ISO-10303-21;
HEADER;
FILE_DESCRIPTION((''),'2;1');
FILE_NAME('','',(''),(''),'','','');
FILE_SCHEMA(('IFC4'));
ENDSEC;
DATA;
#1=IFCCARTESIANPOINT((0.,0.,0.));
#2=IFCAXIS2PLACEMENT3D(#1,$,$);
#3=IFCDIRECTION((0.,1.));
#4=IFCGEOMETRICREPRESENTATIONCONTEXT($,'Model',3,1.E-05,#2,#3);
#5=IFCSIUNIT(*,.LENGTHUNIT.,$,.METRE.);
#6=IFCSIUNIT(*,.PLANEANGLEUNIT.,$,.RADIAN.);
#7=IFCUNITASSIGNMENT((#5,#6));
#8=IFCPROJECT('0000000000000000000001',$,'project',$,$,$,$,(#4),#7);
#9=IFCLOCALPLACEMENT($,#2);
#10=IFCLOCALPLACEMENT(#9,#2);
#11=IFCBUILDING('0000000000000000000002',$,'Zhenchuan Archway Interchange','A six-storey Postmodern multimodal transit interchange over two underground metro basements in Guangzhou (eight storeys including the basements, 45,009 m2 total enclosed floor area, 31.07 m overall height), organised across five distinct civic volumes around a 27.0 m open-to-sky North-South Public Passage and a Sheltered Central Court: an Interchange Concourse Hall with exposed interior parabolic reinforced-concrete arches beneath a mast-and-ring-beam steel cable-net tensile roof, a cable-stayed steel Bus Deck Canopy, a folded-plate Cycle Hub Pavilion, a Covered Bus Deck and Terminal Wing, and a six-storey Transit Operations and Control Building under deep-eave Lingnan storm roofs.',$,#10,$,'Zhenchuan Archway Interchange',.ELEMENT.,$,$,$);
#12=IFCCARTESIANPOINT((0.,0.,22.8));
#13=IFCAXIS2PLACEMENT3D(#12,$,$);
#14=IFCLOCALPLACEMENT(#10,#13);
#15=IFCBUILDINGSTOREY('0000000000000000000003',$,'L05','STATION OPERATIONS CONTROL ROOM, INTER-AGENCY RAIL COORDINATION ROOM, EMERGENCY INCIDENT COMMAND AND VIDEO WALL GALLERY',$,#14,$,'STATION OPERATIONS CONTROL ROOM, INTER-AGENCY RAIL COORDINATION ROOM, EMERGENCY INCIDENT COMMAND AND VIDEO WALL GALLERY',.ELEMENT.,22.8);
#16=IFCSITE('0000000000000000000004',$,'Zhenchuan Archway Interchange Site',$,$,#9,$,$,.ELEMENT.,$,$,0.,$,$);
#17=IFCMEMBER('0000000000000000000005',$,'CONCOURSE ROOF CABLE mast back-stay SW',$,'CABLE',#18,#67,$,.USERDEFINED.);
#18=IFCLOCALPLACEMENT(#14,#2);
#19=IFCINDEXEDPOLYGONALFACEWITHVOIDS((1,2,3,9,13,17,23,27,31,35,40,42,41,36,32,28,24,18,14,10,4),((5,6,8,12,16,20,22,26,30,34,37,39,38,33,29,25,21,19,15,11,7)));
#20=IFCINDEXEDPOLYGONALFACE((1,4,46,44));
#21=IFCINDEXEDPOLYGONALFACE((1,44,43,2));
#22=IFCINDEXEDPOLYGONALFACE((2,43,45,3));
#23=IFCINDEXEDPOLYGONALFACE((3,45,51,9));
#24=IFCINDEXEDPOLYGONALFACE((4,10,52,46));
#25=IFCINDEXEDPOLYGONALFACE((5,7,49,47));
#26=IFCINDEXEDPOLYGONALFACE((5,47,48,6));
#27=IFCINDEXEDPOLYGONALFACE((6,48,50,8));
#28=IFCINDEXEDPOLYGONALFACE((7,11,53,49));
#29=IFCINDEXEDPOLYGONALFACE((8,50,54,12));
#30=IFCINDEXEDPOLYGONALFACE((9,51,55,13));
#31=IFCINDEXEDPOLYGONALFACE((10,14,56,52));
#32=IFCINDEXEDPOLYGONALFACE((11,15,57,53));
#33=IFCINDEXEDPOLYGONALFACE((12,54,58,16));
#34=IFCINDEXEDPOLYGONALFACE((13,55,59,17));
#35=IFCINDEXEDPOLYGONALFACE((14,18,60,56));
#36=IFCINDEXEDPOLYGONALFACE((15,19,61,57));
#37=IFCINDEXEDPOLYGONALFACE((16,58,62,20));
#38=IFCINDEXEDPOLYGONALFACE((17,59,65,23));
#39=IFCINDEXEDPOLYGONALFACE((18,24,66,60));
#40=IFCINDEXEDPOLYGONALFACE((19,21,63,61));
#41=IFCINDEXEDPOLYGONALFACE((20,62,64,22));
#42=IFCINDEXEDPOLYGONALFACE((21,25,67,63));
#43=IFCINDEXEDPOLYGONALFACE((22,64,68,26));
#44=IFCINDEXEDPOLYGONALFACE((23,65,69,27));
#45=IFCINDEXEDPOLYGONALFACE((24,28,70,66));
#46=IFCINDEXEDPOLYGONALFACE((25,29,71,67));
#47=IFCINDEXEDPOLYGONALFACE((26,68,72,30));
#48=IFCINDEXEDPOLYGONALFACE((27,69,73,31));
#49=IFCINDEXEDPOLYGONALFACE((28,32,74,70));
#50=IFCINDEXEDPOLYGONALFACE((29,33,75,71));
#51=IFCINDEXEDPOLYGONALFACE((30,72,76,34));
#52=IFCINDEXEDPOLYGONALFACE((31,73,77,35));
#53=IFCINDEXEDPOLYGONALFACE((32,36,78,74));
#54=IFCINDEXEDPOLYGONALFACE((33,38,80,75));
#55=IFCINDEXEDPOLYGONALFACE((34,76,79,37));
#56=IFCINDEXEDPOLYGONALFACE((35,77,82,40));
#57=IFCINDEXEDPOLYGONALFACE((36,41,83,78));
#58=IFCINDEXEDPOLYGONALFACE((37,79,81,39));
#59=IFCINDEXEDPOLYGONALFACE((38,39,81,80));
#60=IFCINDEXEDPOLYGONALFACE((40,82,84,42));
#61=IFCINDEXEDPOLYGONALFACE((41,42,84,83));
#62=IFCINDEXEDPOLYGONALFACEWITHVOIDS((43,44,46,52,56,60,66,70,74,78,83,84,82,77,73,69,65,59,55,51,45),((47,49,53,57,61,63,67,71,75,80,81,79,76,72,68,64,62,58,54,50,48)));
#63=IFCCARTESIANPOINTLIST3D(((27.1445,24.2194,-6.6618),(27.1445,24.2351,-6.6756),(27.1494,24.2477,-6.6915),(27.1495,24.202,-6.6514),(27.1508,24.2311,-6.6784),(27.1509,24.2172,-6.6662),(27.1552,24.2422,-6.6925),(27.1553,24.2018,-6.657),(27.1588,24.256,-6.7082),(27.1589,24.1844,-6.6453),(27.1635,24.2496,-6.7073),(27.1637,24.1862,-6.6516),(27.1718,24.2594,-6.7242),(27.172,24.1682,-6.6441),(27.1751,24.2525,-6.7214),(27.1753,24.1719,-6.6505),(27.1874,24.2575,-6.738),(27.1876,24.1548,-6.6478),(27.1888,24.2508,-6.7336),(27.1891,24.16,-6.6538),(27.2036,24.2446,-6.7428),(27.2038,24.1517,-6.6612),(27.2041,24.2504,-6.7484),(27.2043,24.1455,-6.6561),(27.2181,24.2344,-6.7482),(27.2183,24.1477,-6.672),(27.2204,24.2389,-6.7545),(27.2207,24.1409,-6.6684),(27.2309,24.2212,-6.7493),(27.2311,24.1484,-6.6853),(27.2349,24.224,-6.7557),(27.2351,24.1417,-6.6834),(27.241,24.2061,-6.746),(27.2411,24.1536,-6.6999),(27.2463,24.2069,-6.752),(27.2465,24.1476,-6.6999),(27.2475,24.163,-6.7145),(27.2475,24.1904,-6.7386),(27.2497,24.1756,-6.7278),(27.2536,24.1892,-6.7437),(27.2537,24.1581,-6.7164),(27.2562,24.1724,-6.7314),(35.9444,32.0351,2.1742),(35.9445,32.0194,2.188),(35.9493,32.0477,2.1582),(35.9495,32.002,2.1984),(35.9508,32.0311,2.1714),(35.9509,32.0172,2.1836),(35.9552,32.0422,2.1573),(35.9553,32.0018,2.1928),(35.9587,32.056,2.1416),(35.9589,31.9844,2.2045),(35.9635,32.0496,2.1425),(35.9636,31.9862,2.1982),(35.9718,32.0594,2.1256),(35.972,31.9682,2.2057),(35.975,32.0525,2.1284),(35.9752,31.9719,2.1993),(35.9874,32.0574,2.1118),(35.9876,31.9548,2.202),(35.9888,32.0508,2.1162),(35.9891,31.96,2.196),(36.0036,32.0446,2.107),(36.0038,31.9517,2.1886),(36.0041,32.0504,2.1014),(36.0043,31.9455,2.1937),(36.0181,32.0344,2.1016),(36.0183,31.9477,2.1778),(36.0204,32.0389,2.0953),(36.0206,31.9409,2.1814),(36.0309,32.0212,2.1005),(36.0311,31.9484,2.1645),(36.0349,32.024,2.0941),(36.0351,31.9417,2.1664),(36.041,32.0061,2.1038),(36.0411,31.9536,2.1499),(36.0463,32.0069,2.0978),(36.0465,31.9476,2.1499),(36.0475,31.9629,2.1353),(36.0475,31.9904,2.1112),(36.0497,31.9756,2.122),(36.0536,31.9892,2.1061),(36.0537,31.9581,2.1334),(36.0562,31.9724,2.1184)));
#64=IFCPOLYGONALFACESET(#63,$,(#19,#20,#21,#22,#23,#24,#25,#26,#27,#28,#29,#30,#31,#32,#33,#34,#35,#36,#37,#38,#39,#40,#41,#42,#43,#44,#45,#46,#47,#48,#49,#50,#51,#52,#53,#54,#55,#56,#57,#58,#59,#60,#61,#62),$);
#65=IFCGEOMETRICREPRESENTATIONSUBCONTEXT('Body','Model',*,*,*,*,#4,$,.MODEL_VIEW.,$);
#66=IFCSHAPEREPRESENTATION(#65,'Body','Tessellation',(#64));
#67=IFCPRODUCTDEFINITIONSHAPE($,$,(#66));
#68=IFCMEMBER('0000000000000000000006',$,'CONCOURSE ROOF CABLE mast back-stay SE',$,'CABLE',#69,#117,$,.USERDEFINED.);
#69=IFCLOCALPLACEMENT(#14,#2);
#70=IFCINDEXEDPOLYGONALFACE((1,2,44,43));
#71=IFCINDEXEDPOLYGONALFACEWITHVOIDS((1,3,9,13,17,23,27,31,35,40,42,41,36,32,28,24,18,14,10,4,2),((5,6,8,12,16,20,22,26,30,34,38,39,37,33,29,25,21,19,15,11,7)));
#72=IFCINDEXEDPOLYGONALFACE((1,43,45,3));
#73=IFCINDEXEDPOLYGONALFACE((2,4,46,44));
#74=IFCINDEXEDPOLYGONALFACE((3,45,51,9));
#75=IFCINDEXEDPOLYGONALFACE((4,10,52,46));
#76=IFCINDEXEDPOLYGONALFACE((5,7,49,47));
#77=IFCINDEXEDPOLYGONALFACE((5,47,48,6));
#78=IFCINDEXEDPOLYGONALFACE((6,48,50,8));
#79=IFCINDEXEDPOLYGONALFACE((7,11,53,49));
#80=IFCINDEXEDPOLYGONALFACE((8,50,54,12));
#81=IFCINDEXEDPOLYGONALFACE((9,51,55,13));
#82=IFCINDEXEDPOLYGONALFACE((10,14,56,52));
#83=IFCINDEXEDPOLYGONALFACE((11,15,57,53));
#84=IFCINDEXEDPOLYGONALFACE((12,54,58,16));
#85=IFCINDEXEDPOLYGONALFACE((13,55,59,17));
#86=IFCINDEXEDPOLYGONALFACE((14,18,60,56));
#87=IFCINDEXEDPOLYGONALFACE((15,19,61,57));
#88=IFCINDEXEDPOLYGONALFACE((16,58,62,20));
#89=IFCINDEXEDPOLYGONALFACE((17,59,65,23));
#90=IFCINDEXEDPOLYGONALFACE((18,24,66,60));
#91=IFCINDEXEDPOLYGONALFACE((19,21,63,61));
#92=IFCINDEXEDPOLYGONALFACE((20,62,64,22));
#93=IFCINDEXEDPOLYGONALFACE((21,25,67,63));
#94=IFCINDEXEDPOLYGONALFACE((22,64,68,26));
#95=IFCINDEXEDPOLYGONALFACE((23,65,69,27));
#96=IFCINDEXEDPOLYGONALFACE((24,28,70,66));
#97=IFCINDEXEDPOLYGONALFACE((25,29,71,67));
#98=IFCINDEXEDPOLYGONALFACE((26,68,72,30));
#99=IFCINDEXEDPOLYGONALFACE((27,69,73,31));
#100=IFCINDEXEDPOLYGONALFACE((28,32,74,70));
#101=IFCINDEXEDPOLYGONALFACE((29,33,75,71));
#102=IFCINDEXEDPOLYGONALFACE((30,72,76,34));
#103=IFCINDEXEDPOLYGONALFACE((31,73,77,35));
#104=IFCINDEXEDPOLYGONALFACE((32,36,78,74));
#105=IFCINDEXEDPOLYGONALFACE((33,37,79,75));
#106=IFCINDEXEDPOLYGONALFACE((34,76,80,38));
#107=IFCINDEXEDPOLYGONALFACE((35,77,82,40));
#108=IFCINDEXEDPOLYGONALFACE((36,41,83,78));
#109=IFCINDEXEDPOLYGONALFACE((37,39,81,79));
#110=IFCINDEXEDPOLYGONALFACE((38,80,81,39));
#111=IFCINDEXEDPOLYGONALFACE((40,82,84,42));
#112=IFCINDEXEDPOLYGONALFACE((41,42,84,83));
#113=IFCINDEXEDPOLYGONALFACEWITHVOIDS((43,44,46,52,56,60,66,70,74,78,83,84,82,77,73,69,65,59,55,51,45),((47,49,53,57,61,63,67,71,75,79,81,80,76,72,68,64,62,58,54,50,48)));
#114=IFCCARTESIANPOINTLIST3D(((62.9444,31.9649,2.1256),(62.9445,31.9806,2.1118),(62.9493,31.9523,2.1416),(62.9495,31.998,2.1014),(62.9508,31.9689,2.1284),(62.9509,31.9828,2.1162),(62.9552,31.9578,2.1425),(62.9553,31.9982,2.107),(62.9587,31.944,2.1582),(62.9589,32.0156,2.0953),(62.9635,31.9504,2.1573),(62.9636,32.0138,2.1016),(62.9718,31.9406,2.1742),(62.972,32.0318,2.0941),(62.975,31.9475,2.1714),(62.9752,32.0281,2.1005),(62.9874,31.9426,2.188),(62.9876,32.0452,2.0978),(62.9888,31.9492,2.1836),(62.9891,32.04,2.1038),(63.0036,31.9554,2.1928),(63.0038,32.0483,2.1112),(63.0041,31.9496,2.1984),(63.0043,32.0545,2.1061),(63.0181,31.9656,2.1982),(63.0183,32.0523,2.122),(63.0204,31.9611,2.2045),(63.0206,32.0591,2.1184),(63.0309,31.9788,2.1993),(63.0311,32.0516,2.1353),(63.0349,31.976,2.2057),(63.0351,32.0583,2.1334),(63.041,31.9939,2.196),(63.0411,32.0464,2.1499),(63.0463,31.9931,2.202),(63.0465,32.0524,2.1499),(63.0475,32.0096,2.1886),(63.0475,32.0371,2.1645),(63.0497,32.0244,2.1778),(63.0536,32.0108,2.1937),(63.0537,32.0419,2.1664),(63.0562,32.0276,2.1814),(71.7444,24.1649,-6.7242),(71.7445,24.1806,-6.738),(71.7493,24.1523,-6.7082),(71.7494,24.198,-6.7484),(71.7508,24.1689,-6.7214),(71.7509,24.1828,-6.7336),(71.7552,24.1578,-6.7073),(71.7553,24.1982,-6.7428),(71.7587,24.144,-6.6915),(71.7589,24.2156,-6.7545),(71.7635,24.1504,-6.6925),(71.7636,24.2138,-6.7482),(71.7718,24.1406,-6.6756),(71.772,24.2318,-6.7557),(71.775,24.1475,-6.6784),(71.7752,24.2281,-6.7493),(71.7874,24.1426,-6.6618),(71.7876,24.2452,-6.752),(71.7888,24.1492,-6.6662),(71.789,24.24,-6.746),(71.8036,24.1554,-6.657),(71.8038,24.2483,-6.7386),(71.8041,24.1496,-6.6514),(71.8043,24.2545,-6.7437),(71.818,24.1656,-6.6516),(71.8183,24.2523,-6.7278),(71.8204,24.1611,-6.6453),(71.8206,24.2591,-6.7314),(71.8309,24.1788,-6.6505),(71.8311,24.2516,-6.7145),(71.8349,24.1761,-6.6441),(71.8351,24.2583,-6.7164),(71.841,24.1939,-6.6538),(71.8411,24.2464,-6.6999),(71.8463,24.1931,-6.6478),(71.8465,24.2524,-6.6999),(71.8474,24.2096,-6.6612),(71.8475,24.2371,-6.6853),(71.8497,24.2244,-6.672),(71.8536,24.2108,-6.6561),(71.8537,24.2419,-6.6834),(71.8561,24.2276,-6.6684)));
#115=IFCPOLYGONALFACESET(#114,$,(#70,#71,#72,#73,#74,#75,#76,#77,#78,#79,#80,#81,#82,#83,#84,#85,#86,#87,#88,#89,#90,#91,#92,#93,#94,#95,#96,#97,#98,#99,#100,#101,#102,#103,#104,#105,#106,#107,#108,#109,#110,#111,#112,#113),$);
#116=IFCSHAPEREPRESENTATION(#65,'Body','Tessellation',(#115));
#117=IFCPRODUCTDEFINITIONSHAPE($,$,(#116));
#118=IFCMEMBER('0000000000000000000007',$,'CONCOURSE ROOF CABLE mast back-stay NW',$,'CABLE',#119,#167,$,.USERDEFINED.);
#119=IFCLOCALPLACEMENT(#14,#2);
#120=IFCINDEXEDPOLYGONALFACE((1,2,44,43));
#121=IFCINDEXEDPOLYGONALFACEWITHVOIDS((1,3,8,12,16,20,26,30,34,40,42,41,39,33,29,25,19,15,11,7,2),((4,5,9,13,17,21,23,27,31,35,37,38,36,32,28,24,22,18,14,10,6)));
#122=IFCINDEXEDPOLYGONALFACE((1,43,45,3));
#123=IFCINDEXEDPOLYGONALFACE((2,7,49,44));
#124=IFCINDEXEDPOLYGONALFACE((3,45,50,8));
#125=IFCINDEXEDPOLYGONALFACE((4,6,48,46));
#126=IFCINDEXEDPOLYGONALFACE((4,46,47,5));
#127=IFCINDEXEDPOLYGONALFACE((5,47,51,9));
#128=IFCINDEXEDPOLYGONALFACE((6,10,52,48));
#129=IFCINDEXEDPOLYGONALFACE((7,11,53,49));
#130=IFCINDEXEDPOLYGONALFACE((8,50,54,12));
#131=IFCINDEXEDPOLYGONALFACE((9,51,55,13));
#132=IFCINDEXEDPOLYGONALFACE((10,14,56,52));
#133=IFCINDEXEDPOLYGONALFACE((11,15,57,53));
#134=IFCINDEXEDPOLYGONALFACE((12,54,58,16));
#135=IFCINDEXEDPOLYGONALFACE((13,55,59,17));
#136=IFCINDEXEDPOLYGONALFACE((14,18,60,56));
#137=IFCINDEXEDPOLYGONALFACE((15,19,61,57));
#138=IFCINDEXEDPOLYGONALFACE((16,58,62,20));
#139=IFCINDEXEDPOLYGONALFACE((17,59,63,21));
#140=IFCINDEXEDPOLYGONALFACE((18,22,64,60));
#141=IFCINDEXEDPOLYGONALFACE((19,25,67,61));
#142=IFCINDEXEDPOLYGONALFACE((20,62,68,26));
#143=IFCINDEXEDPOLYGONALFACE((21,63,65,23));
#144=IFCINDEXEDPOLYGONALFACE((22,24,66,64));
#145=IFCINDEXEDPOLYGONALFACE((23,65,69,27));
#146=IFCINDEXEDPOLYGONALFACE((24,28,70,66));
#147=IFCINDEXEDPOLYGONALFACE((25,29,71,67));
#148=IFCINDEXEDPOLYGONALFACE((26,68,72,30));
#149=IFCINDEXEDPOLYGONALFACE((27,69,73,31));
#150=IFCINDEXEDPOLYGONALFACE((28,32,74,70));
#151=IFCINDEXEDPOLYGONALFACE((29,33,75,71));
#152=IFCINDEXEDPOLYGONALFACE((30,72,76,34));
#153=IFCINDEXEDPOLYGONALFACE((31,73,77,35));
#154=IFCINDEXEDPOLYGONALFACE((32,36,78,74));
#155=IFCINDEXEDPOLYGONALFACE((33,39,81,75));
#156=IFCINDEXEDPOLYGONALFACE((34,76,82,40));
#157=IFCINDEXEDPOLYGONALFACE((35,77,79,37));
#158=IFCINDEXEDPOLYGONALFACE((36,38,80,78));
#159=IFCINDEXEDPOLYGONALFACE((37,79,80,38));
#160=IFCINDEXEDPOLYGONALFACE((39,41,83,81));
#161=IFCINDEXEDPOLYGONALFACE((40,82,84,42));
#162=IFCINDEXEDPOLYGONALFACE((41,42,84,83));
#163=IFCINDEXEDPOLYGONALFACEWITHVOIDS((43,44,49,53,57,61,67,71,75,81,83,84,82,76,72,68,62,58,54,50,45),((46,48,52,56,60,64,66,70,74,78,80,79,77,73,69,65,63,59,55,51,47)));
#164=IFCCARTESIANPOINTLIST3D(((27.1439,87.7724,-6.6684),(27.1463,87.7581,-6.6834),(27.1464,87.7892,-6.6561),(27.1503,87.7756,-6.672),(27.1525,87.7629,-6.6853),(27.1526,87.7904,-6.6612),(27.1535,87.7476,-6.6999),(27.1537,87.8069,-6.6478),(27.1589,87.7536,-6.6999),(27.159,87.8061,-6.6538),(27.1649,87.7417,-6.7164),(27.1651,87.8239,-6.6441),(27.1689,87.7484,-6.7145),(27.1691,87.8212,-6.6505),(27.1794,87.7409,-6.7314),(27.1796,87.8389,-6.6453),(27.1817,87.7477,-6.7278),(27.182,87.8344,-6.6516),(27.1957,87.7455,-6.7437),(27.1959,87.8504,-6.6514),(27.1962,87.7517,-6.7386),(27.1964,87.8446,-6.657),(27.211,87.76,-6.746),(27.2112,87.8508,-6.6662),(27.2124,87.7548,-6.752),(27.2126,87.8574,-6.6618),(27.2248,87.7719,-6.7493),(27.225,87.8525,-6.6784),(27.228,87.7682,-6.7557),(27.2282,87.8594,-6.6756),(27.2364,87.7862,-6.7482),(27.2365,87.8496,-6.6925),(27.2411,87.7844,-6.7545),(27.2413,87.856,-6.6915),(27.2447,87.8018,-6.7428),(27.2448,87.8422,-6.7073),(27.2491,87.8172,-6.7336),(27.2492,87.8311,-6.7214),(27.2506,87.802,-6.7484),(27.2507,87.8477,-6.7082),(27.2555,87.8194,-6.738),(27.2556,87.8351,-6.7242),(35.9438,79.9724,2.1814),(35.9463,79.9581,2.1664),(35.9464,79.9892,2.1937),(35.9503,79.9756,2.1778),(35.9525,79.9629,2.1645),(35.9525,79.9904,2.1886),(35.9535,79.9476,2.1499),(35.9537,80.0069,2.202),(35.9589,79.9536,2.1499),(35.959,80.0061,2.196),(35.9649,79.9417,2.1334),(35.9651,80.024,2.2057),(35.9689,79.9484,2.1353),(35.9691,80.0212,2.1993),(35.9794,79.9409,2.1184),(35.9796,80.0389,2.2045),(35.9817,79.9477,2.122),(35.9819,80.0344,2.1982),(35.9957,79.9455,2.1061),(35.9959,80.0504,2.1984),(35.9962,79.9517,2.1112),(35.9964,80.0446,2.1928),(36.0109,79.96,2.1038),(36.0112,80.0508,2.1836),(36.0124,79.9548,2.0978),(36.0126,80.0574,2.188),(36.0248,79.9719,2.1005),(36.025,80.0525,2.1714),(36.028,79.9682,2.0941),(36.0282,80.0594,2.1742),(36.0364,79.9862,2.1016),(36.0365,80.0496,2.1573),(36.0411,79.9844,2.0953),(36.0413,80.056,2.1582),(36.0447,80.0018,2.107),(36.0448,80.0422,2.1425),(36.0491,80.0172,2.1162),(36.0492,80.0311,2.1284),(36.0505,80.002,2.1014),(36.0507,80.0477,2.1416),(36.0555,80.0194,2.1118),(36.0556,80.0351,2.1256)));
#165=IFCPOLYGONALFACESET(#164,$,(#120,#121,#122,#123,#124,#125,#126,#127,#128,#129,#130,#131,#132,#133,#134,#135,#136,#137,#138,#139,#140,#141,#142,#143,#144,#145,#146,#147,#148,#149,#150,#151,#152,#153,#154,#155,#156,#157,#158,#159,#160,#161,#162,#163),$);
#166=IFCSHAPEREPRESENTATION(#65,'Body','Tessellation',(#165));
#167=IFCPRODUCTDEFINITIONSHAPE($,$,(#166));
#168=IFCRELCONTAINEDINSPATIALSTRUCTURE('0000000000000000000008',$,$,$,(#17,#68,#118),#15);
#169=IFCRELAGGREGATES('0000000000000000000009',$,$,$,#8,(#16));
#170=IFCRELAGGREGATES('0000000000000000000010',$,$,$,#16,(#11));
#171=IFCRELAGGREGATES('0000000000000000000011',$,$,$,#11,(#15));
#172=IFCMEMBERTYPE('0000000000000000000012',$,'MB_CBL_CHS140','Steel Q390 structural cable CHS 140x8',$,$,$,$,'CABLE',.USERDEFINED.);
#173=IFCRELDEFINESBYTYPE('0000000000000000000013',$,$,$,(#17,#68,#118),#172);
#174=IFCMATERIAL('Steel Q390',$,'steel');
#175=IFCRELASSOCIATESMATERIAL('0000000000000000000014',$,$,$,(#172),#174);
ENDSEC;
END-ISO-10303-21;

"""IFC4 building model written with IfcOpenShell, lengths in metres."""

from ifc_helpers import new_model, si_unit, direction, frame, origin, origin_2d, place, context, subcontext, project, spatial, hollow_circle, extrude, material, material_profile, profile_set, type_object, element, save


model = new_model("IFC4")

# Units and contexts
model_context = context("Model", 3, precision=1e-05, world=origin(), true_north=direction((0.0, 1.0)))
body_context = subcontext(model_context, "Body", "Model", "MODEL_VIEW")
ifc_project = project(units=[si_unit("LENGTHUNIT", "METRE"), si_unit("PLANEANGLEUNIT", "RADIAN")], contexts=[model_context])

# Site, building, storey
site_placement = place(None, origin())
site = spatial("IfcSite", under=ifc_project, at=site_placement, Name="Zhenchuan Archway Interchange Site", CompositionType="ELEMENT", RefElevation=0.0)
building_placement = place(site_placement, origin())
building = spatial("IfcBuilding", under=site, at=building_placement, Name="Zhenchuan Archway Interchange", Description="A six-storey Postmodern multimodal transit interchange over two underground metro basements in Guangzhou (eight storeys including the basements, 45,009 m2 total enclosed floor area, 31.07 m overall height), organised across five distinct civic volumes around a 27.0 m open-to-sky North-South Public Passage and a Sheltered Central Court: an Interchange Concourse Hall with exposed interior parabolic reinforced-concrete arches beneath a mast-and-ring-beam steel cable-net tensile roof, a cable-stayed steel Bus Deck Canopy, a folded-plate Cycle Hub Pavilion, a Covered Bus Deck and Terminal Wing, and a six-storey Transit Operations and Control Building under deep-eave Lingnan storm roofs.", LongName="Zhenchuan Archway Interchange", CompositionType="ELEMENT")
storey_placement = place(building_placement, frame((0.0, 0.0, 22.8)))
storey = spatial("IfcBuildingStorey", under=building, at=storey_placement, Name="L05", Description="STATION OPERATIONS CONTROL ROOM, INTER-AGENCY RAIL COORDINATION ROOM, EMERGENCY INCIDENT COMMAND AND VIDEO WALL GALLERY", LongName="STATION OPERATIONS CONTROL ROOM, INTER-AGENCY RAIL COORDINATION ROOM, EMERGENCY INCIDENT COMMAND AND VIDEO WALL GALLERY", CompositionType="ELEMENT", Elevation=22.8)

# Shared definitions
ifc_material_1 = material(Name="Steel Q390", Category="steel")

# Members
ifc_material_profile_1 = material_profile(ifc_material_1, hollow_circle(Radius=0.0701, WallThickness=0.0081, at=origin_2d()), Name="CHS 140x8")
ifc_profile_set_1 = profile_set([ifc_material_profile_1], Name="Steel Q390")
member_type_1 = type_object("IfcMemberType", Name="MB_CBL_CHS140", Description="Steel Q390 structural cable CHS 140x8", ElementType="CABLE", PredefinedType="USERDEFINED", material=ifc_profile_set_1)
for number, where, z_axis, x_axis, name in (
    (1, (36.0, 32.0, 2.1499), (-0.597935, -0.529989, -0.60132), (0.663308, -0.748347, 0.0), "CONCOURSE ROOF CABLE mast back-stay SW"),
    (2, (63.0, 32.0, 2.1499), (0.597935, -0.529989, -0.60132), (0.663308, 0.748347, 0.0), "CONCOURSE ROOF CABLE mast back-stay SE"),
    (3, (36.0, 80.0, 2.1499), (-0.597935, 0.529989, -0.60132), (-0.663308, -0.748347, 0.0), "CONCOURSE ROOF CABLE mast back-stay NW"),
):
    element("IfcMember", number, at=place(storey_placement, frame(where, z_axis=z_axis, x_axis=x_axis)), inside=storey, type_object=member_type_1, Name=name, ObjectType="CABLE", PredefinedType="USERDEFINED", context=body_context, shape_type="SweptSolid", body=[
        extrude(hollow_circle(Radius=0.0701, WallThickness=0.0081, at=origin_2d()), origin(), (0.0, 0.0, 1.0), 14.7173),
    ])

save(model, "model.ifc")
